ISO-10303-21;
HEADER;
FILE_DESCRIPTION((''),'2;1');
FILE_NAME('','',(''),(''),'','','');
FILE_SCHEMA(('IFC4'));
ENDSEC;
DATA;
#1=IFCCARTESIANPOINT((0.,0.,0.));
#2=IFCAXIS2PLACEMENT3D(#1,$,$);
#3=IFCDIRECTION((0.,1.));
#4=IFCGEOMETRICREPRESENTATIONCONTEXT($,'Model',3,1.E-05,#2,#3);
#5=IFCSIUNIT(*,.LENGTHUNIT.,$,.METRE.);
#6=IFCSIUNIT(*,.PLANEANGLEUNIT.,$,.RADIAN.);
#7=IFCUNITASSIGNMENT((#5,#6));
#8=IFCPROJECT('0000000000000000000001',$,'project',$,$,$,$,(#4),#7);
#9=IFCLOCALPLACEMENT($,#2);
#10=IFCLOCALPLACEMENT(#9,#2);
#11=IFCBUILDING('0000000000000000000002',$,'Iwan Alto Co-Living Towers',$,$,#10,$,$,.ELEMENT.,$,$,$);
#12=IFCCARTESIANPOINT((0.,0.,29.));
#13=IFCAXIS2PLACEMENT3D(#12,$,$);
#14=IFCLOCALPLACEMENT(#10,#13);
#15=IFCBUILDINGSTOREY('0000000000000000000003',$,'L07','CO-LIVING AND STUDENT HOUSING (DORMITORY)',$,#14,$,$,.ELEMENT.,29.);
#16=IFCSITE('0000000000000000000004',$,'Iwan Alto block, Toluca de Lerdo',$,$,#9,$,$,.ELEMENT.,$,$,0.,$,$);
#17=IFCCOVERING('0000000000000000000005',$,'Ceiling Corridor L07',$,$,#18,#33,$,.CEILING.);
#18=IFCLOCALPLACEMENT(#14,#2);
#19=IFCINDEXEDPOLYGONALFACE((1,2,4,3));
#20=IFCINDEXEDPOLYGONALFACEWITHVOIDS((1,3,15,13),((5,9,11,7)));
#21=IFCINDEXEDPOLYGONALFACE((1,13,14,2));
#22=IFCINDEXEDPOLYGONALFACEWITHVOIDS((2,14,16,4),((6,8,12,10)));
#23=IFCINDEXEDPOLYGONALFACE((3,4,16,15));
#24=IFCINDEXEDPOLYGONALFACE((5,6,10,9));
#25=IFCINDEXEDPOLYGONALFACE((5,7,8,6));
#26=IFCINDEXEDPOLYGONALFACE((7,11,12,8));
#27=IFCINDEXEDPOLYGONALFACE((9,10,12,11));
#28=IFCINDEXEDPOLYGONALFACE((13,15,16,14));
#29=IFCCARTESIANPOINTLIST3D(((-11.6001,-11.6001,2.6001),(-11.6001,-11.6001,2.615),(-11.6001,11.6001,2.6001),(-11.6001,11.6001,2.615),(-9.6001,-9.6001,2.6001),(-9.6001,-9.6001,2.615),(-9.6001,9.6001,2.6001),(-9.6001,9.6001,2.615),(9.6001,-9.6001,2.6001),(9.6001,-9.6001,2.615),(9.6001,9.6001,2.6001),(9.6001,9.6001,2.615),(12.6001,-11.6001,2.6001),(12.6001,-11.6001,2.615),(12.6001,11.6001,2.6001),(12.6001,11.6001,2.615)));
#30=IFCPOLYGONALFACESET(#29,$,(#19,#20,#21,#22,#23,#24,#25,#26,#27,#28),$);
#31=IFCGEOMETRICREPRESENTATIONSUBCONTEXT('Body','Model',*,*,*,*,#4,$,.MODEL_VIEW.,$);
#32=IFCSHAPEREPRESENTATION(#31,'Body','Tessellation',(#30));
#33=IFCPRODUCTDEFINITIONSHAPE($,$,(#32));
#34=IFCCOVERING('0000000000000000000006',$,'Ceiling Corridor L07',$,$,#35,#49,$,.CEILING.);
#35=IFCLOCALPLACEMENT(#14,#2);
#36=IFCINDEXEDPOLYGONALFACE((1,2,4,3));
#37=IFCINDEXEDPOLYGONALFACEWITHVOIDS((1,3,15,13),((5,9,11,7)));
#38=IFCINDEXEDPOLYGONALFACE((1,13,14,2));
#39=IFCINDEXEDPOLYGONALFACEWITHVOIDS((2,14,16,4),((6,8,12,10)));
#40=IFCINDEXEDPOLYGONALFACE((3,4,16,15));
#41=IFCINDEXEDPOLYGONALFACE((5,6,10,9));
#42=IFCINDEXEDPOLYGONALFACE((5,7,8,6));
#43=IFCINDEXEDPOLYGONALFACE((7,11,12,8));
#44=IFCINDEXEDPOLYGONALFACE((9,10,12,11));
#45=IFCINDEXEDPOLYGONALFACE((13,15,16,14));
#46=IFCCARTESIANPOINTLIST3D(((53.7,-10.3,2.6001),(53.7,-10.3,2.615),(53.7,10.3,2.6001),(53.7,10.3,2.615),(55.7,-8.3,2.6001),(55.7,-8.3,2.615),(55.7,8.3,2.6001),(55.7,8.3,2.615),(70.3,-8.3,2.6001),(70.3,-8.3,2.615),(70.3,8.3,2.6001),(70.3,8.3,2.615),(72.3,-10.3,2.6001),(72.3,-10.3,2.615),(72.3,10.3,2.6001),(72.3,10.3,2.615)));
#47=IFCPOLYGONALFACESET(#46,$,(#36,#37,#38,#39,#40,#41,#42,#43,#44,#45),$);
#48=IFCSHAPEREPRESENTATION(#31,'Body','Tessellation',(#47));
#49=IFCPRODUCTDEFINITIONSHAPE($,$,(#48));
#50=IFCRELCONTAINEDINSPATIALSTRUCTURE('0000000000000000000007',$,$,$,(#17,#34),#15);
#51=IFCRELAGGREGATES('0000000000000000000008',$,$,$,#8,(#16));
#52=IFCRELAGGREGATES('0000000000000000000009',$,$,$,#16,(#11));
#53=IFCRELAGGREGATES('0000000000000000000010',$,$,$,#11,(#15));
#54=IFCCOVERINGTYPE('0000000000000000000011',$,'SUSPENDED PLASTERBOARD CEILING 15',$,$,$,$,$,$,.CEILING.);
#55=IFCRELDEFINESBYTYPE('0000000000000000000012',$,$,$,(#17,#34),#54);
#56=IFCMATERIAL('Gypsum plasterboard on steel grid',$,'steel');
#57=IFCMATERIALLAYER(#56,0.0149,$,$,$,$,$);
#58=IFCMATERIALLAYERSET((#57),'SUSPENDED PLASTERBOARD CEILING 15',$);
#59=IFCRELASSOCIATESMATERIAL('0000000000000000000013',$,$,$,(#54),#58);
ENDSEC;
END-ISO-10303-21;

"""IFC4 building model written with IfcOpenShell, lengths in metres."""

from ifc_helpers import new_model, si_unit, direction, frame, origin, place, context, subcontext, project, spatial, polyline, outline, extrude, material, layer, layer_set, type_object, element, save


model = new_model("IFC4")

# Units and contexts
model_context = context("Model", 3, precision=1e-05, world=origin(), true_north=direction((0.0, 1.0)))
body_context = subcontext(model_context, "Body", "Model", "MODEL_VIEW")
ifc_project = project(units=[si_unit("LENGTHUNIT", "METRE"), si_unit("PLANEANGLEUNIT", "RADIAN")], contexts=[model_context])

# Site, building, storey
site_placement = place(None, origin())
site = spatial("IfcSite", under=ifc_project, at=site_placement, Name="Iwan Alto block, Toluca de Lerdo", CompositionType="ELEMENT", RefElevation=0.0)
building_placement = place(site_placement, origin())
building = spatial("IfcBuilding", under=site, at=building_placement, Name="Iwan Alto Co-Living Towers", CompositionType="ELEMENT")
storey_placement = place(building_placement, frame((0.0, 0.0, 29.0)))
storey = spatial("IfcBuildingStorey", under=building, at=storey_placement, Name="L07", Description="CO-LIVING AND STUDENT HOUSING (DORMITORY)", CompositionType="ELEMENT", Elevation=29.0)

# Coverings
ifc_material_1 = material(Name="Gypsum plasterboard on steel grid", Category="steel")
ifc_layer_1 = layer(ifc_material_1, 0.0149)
ifc_layer_set_1 = layer_set([ifc_layer_1], Name="SUSPENDED PLASTERBOARD CEILING 15")
covering_type_1 = type_object("IfcCoveringType", Name="SUSPENDED PLASTERBOARD CEILING 15", PredefinedType="CEILING", material=ifc_layer_set_1)
covering_1_placement = place(storey_placement, frame((0.0, 0.0, 2.6001)))
element("IfcCovering", 1, at=covering_1_placement, inside=storey, type_object=covering_type_1, Name="Ceiling Corridor L07", PredefinedType="CEILING", context=body_context, shape_type="SweptSolid", body=[
    extrude(outline(polyline([(-11.6001, 11.6001), (12.6001, 11.6001), (12.6001, -11.6001), (-11.6001, -11.6001), (-11.6001, 11.6001)]), holes=[polyline([(-9.6001, 9.6001), (-9.6001, -9.6001), (9.6001, -9.6001), (9.6001, 9.6001), (-9.6001, 9.6001)])]), origin(), (0.0, 0.0, 1.0), 0.0149),
])
covering_2_placement = place(storey_placement, frame((0.0, 0.0, 2.6001)))
element("IfcCovering", 2, at=covering_2_placement, inside=storey, type_object=covering_type_1, Name="Ceiling Corridor L07", PredefinedType="CEILING", context=body_context, shape_type="SweptSolid", body=[
    extrude(outline(polyline([(53.7, 10.3), (72.3, 10.3), (72.3, -10.3), (53.7, -10.3), (53.7, 10.3)]), holes=[polyline([(55.7, 8.3), (55.7, -8.3), (70.3, -8.3), (70.3, 8.3), (55.7, 8.3)])]), origin(), (0.0, 0.0, 1.0), 0.0149),
])

save(model, "model.ifc")
